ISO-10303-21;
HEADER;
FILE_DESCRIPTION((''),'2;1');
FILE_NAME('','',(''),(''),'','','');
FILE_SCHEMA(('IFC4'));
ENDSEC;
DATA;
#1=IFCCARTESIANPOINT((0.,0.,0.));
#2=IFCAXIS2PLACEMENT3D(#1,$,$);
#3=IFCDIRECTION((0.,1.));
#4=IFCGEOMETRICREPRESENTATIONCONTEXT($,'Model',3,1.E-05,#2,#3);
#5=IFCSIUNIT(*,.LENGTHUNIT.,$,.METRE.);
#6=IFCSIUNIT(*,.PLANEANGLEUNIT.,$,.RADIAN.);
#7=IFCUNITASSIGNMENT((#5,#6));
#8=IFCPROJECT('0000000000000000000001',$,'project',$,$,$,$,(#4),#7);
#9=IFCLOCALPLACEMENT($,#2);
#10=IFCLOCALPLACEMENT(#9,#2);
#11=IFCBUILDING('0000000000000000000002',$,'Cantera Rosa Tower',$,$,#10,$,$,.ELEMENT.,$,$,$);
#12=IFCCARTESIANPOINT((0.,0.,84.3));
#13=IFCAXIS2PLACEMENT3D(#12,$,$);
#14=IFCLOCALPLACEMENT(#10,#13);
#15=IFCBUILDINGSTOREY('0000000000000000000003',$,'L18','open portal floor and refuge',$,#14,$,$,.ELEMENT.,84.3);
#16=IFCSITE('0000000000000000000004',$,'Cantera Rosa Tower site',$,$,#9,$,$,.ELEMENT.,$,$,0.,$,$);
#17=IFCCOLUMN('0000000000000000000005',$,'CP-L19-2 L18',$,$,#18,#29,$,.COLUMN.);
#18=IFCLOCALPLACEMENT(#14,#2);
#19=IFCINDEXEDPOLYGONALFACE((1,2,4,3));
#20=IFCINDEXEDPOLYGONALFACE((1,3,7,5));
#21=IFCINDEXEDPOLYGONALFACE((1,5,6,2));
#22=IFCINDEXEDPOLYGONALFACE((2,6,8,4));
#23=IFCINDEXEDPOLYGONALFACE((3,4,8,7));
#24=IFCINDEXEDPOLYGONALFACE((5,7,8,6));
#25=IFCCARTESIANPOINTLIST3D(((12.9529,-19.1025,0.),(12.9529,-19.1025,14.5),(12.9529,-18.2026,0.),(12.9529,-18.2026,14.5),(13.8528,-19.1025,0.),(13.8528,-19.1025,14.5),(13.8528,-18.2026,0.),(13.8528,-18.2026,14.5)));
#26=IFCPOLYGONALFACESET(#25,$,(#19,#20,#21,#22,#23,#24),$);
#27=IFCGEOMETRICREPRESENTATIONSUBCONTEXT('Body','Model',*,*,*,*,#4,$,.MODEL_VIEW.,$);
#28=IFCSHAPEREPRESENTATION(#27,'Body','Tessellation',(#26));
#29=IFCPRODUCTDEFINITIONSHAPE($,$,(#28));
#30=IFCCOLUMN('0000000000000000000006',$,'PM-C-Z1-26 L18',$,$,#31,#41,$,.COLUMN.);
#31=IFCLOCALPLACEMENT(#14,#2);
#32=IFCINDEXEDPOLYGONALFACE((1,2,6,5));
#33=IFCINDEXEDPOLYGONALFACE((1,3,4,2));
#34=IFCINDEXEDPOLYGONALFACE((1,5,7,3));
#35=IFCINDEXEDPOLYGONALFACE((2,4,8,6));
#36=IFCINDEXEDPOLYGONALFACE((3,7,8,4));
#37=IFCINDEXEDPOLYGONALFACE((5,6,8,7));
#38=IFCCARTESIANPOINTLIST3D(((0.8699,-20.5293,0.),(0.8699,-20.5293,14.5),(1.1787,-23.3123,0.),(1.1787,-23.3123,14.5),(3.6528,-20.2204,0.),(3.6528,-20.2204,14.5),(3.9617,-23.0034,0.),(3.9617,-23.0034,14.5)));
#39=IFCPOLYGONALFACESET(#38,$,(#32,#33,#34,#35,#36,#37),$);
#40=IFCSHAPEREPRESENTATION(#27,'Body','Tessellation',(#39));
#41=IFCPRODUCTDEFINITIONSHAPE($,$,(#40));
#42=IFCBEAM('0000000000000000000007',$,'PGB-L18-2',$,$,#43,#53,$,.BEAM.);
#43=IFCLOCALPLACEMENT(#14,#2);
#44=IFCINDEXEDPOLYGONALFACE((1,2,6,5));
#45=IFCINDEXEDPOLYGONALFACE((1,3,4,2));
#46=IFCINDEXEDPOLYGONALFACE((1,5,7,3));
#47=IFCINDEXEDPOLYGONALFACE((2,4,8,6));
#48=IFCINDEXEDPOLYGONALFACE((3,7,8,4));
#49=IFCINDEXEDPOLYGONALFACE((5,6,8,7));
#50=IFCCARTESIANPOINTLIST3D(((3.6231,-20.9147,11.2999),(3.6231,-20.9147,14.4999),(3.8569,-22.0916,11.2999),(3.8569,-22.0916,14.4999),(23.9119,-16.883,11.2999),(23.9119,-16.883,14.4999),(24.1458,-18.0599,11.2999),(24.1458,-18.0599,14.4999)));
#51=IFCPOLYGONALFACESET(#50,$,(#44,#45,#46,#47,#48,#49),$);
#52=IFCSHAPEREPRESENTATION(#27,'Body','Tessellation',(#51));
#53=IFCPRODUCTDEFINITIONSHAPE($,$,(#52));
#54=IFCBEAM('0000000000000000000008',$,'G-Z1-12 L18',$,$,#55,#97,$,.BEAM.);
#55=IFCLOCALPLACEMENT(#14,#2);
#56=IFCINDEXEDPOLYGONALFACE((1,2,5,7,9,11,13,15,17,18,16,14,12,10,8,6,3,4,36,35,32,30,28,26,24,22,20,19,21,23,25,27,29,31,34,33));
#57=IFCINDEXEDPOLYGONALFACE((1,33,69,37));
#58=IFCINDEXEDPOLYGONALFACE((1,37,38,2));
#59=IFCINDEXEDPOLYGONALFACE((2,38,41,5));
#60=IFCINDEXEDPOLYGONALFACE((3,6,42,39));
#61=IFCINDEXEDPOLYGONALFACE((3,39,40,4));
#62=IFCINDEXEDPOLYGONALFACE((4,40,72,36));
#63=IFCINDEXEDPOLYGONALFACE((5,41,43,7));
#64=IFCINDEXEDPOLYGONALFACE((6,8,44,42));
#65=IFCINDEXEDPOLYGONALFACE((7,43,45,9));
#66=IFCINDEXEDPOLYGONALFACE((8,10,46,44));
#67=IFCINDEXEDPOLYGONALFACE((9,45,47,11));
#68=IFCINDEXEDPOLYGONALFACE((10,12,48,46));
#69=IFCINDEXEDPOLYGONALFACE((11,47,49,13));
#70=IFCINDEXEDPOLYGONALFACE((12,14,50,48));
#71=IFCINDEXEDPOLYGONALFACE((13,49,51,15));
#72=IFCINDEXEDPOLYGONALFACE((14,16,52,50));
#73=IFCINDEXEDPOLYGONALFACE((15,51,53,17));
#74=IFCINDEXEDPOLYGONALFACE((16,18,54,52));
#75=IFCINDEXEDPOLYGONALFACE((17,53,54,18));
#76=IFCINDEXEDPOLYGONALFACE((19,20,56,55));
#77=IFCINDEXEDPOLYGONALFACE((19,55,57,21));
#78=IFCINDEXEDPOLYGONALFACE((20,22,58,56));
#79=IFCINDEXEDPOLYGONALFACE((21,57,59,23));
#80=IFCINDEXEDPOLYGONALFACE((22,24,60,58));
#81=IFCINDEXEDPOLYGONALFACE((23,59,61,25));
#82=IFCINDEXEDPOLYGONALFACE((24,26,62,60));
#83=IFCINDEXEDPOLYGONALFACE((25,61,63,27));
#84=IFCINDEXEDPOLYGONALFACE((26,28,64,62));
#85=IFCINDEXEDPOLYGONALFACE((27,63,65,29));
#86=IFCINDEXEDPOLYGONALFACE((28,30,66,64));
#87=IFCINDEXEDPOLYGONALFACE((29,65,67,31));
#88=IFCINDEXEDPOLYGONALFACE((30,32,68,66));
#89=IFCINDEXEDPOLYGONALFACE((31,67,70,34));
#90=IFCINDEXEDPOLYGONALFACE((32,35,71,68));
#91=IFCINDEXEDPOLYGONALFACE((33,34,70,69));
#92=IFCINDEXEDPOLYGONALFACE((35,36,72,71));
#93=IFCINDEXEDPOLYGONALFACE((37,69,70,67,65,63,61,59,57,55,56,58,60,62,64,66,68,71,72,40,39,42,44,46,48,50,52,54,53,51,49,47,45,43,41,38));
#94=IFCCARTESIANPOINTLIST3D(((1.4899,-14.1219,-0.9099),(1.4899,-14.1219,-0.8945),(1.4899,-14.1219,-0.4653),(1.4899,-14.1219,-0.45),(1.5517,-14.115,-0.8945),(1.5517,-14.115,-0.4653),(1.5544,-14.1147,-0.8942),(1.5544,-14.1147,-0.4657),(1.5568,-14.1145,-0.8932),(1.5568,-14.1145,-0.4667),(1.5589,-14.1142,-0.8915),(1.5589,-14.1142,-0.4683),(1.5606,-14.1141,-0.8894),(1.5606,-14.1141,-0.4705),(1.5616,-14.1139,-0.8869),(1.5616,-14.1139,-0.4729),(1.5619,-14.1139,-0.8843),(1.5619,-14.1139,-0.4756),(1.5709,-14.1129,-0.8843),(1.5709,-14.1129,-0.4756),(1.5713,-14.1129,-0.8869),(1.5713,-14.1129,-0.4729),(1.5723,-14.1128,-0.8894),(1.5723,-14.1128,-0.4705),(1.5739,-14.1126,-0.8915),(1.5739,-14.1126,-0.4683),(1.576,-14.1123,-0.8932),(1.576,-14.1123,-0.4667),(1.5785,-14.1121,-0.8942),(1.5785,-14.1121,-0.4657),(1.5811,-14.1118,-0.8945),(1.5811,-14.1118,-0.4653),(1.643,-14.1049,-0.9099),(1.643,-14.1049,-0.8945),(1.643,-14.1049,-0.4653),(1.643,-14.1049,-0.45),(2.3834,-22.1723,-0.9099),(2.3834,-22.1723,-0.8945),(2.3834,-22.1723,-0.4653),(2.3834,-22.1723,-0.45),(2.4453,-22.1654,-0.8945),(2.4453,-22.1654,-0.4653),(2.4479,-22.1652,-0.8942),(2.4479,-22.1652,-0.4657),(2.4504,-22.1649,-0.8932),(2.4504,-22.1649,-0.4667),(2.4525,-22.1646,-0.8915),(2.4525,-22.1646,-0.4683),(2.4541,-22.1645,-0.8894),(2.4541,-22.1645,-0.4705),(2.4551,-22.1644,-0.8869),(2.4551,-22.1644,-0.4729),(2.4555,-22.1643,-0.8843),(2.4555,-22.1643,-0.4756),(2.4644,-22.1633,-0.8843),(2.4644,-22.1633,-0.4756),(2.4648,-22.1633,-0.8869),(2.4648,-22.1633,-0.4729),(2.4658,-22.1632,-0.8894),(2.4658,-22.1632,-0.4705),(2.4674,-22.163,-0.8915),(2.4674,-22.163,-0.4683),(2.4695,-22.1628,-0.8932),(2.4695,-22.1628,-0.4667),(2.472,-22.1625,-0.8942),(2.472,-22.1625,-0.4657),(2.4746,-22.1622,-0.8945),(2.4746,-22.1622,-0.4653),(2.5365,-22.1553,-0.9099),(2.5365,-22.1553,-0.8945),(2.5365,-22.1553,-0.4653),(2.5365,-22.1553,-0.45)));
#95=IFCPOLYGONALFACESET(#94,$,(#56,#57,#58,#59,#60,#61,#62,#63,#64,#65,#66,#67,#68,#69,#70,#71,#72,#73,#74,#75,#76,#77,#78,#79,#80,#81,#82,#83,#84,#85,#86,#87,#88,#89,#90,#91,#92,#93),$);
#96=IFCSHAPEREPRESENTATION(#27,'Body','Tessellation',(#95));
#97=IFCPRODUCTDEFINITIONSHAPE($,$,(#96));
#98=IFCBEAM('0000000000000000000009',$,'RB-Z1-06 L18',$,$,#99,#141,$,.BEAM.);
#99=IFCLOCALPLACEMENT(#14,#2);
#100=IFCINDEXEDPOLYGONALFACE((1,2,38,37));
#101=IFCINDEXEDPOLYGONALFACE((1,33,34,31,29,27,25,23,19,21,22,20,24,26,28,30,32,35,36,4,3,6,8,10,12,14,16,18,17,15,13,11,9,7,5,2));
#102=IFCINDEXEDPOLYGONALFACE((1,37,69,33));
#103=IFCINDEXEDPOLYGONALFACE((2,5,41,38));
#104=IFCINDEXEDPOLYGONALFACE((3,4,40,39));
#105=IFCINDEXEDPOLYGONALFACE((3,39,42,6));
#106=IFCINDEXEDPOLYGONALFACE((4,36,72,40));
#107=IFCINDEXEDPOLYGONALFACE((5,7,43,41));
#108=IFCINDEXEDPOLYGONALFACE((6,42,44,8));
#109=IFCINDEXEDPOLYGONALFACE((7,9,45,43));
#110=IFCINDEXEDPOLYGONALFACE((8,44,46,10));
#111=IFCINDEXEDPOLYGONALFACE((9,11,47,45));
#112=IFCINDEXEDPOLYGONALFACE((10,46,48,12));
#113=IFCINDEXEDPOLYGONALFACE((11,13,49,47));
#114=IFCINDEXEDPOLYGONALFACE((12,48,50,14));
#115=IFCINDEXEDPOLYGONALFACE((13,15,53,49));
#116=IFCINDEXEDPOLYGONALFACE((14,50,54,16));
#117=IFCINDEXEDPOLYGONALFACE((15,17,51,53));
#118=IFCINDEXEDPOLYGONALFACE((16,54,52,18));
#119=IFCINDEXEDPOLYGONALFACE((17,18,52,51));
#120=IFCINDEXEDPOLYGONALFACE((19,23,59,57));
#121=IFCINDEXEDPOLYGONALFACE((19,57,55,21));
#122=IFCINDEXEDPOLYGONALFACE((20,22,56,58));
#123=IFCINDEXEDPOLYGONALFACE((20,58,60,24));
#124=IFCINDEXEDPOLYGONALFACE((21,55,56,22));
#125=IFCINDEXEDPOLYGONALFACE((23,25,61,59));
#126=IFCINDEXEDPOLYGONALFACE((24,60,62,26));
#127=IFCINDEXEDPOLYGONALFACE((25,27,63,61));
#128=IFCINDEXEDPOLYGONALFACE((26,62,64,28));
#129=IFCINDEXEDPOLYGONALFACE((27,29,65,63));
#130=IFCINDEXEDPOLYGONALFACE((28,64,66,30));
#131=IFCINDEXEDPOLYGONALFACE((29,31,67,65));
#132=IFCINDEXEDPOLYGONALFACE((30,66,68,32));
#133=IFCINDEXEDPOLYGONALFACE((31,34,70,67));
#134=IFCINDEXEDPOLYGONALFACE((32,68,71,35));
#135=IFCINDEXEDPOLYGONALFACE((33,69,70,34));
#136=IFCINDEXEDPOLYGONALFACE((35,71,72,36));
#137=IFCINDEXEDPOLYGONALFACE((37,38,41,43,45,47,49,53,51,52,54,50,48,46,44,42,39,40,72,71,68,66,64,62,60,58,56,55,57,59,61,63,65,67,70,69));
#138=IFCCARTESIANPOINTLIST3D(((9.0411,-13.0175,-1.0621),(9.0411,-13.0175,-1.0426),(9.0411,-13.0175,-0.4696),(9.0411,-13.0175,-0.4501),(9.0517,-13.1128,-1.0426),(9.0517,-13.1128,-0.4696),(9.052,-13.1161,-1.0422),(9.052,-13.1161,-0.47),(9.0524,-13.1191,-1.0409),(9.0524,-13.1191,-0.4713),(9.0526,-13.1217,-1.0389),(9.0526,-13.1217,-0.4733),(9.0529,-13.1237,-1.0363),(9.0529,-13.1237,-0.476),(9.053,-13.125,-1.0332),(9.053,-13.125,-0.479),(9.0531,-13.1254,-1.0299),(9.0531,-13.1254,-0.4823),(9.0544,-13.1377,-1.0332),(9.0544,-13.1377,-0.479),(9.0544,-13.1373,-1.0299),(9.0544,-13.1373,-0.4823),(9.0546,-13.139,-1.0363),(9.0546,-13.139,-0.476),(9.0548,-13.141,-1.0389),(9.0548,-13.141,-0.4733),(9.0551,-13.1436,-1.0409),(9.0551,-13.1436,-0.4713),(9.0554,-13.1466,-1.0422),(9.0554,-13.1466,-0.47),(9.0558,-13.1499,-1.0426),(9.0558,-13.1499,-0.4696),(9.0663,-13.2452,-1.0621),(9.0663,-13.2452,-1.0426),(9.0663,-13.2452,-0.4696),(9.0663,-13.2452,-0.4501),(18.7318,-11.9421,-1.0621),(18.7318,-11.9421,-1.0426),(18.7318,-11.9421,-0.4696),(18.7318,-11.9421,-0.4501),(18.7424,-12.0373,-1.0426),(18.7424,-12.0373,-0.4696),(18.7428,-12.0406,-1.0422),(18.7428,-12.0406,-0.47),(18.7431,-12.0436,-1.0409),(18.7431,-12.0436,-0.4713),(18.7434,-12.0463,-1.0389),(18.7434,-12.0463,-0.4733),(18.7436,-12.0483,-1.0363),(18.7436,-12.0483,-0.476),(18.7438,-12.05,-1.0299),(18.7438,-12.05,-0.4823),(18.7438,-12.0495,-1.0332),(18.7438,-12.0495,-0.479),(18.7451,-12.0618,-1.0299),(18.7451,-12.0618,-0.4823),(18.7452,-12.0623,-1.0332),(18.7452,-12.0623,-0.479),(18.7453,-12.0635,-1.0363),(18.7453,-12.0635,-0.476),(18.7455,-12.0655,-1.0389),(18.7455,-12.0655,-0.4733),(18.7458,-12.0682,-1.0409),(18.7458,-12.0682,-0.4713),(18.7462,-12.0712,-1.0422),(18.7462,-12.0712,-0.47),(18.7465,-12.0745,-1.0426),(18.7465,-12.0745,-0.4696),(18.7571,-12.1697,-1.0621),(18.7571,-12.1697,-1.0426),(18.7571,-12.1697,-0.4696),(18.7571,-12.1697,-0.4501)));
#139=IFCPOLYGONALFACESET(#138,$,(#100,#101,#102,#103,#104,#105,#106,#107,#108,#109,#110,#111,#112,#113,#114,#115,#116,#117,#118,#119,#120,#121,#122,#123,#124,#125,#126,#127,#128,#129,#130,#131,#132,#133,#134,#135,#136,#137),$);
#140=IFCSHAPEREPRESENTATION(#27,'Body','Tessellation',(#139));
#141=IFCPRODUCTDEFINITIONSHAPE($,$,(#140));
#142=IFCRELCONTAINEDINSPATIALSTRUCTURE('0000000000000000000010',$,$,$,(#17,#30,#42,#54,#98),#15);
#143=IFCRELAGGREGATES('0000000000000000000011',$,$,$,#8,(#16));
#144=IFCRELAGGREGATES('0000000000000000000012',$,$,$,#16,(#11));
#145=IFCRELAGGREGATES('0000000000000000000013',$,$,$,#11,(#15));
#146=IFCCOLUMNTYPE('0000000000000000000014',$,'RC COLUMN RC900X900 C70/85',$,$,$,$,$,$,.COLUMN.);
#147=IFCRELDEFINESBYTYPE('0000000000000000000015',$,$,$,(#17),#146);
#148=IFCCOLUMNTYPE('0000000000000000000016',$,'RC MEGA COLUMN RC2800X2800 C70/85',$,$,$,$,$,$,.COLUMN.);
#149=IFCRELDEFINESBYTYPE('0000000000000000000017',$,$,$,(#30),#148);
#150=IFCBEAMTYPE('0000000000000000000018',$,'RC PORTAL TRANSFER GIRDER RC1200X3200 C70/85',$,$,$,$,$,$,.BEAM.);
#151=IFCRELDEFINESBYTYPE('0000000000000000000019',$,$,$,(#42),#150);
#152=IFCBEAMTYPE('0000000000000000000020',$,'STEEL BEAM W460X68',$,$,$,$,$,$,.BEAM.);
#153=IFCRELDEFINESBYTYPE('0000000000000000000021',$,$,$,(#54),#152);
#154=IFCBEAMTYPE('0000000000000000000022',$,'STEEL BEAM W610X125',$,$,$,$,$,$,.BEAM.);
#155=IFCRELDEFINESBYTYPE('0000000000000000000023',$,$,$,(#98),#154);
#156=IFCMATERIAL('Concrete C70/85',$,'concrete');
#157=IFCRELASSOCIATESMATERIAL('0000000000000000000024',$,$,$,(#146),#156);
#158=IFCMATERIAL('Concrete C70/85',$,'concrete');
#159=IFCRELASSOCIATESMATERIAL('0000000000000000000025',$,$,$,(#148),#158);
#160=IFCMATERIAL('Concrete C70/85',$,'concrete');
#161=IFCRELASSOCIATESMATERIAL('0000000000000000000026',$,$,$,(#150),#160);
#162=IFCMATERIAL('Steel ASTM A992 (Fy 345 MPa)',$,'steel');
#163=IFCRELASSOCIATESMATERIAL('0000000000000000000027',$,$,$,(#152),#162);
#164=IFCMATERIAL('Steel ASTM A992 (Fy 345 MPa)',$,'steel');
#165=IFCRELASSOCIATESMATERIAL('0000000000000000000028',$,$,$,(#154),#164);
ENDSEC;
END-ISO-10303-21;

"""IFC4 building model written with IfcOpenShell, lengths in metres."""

from ifc_helpers import new_model, si_unit, direction, frame, origin, origin_2d, place, context, subcontext, project, spatial, rectangle, i_section, extrude, material, material_profile, profile_set, type_object, element, save


model = new_model("IFC4")

# Units and contexts
model_context = context("Model", 3, precision=1e-05, world=origin(), true_north=direction((0.0, 1.0)))
body_context = subcontext(model_context, "Body", "Model", "MODEL_VIEW")
ifc_project = project(units=[si_unit("LENGTHUNIT", "METRE"), si_unit("PLANEANGLEUNIT", "RADIAN")], contexts=[model_context])

# Site, building, storey
site_placement = place(None, origin())
site = spatial("IfcSite", under=ifc_project, at=site_placement, Name="Cantera Rosa Tower site", CompositionType="ELEMENT", RefElevation=0.0)
building_placement = place(site_placement, origin())
building = spatial("IfcBuilding", under=site, at=building_placement, Name="Cantera Rosa Tower", CompositionType="ELEMENT")
storey_placement = place(building_placement, frame((0.0, 0.0, 84.3)))
storey = spatial("IfcBuildingStorey", under=building, at=storey_placement, Name="L18", Description="open portal floor and refuge", CompositionType="ELEMENT", Elevation=84.3)

# Columns
ifc_material_1 = material(Name="Concrete C70/85", Category="concrete")
ifc_material_profile_1 = material_profile(ifc_material_1, rectangle(XDim=0.8999, YDim=0.8999, at=origin_2d()), Name="RC COLUMN RC900X900 C70/85")
ifc_profile_set_1 = profile_set([ifc_material_profile_1], Name="Concrete C70/85")
column_type_1 = type_object("IfcColumnType", Name="RC COLUMN RC900X900 C70/85", PredefinedType="COLUMN", material=ifc_profile_set_1)
column_1_placement = place(storey_placement, frame((13.4028, -18.6526, 0.0), z_axis=(0.0, 0.0, 1.0), x_axis=(1.0, 0.0, 0.0)))
element("IfcColumn", 1, at=column_1_placement, inside=storey, type_object=column_type_1, Name="CP-L19-2 L18", PredefinedType="COLUMN", context=body_context, shape_type="SweptSolid", body=[
    extrude(rectangle(XDim=0.8999, YDim=0.8999, at=origin_2d()), origin(), (0.0, 0.0, 1.0), 14.5),
])
ifc_material_2 = material(Name="Concrete C70/85", Category="concrete")
ifc_material_profile_2 = material_profile(ifc_material_2, rectangle(XDim=2.8, YDim=2.8, at=origin_2d()), Name="RC MEGA COLUMN RC2800X2800 C70/85")
ifc_profile_set_2 = profile_set([ifc_material_profile_2], Name="Concrete C70/85")
column_type_2 = type_object("IfcColumnType", Name="RC MEGA COLUMN RC2800X2800 C70/85", PredefinedType="COLUMN", material=ifc_profile_set_2)
column_2_placement = place(storey_placement, frame((2.4158, -21.7664, 0.0), z_axis=(0.0, 0.0, 1.0), x_axis=(0.993897, 0.110313, 0.0)))
element("IfcColumn", 2, at=column_2_placement, inside=storey, type_object=column_type_2, Name="PM-C-Z1-26 L18", PredefinedType="COLUMN", context=body_context, shape_type="SweptSolid", body=[
    extrude(rectangle(XDim=2.8, YDim=2.8, at=origin_2d()), origin(), (0.0, 0.0, 1.0), 14.5),
])

# Beams
ifc_material_3 = material(Name="Concrete C70/85", Category="concrete")
ifc_material_profile_3 = material_profile(ifc_material_3, rectangle(XDim=1.2, YDim=3.2, at=origin_2d()), Name="RC PORTAL TRANSFER GIRDER RC1200X3200 C70/85")
ifc_profile_set_3 = profile_set([ifc_material_profile_3], Name="Concrete C70/85")
beam_type_1 = type_object("IfcBeamType", Name="RC PORTAL TRANSFER GIRDER RC1200X3200 C70/85", PredefinedType="BEAM", material=ifc_profile_set_3)
beam_1_placement = place(storey_placement, frame((3.74, -21.5032, 12.8999), z_axis=(0.980822, 0.194906, 0.0), x_axis=(-0.194906, 0.980822, 0.0)))
element("IfcBeam", 3, at=beam_1_placement, inside=storey, type_object=beam_type_1, Name="PGB-L18-2", PredefinedType="BEAM", context=body_context, shape_type="SweptSolid", body=[
    extrude(rectangle(XDim=1.2, YDim=3.2, at=origin_2d()), origin(), (0.0, 0.0, 1.0), 20.6855),
])
ifc_material_4 = material(Name="Steel ASTM A992 (Fy 345 MPa)", Category="steel")
ifc_material_profile_4 = material_profile(ifc_material_4, i_section(OverallWidth=0.1541, OverallDepth=0.46, WebThickness=0.009, FlangeThickness=0.0154, FilletRadius=0.0103, at=origin_2d()), Name="W460X68")
ifc_profile_set_4 = profile_set([ifc_material_profile_4], Name="Steel ASTM A992 (Fy 345 MPa)")
beam_type_2 = type_object("IfcBeamType", Name="STEEL BEAM W460X68", PredefinedType="BEAM", material=ifc_profile_set_4)
beam_2_placement = place(storey_placement, frame((2.46, -22.1638, -0.6799), z_axis=(-0.110316, 0.993897, 0.0), x_axis=(-0.993897, -0.110316, 0.0)))
element("IfcBeam", 4, at=beam_2_placement, inside=storey, type_object=beam_type_2, Name="G-Z1-12 L18", PredefinedType="BEAM", context=body_context, shape_type="SweptSolid", body=[
    extrude(i_section(OverallWidth=0.1541, OverallDepth=0.46, WebThickness=0.009, FlangeThickness=0.0154, FilletRadius=0.0103, at=origin_2d()), origin(), (0.0, 0.0, 1.0), 8.0999),
])
ifc_material_5 = material(Name="Steel ASTM A992 (Fy 345 MPa)", Category="steel")
ifc_material_profile_5 = material_profile(ifc_material_5, i_section(OverallWidth=0.229, OverallDepth=0.6121, WebThickness=0.012, FlangeThickness=0.0195, FilletRadius=0.0127, at=origin_2d()), Name="W610X125")
ifc_profile_set_5 = profile_set([ifc_material_profile_5], Name="Steel ASTM A992 (Fy 345 MPa)")
beam_type_3 = type_object("IfcBeamType", Name="STEEL BEAM W610X125", PredefinedType="BEAM", material=ifc_profile_set_5)
beam_3_placement = place(storey_placement, frame((9.0537, -13.1313, -0.7561), z_axis=(0.993898, 0.1103, 0.0), x_axis=(-0.1103, 0.993898, 0.0)))
element("IfcBeam", 5, at=beam_3_placement, inside=storey, type_object=beam_type_3, Name="RB-Z1-06 L18", PredefinedType="BEAM", context=body_context, shape_type="SweptSolid", body=[
    extrude(i_section(OverallWidth=0.229, OverallDepth=0.6121, WebThickness=0.012, FlangeThickness=0.0195, FilletRadius=0.0127, at=origin_2d()), origin(), (0.0, 0.0, 1.0), 9.7502),
])

save(model, "model.ifc")
